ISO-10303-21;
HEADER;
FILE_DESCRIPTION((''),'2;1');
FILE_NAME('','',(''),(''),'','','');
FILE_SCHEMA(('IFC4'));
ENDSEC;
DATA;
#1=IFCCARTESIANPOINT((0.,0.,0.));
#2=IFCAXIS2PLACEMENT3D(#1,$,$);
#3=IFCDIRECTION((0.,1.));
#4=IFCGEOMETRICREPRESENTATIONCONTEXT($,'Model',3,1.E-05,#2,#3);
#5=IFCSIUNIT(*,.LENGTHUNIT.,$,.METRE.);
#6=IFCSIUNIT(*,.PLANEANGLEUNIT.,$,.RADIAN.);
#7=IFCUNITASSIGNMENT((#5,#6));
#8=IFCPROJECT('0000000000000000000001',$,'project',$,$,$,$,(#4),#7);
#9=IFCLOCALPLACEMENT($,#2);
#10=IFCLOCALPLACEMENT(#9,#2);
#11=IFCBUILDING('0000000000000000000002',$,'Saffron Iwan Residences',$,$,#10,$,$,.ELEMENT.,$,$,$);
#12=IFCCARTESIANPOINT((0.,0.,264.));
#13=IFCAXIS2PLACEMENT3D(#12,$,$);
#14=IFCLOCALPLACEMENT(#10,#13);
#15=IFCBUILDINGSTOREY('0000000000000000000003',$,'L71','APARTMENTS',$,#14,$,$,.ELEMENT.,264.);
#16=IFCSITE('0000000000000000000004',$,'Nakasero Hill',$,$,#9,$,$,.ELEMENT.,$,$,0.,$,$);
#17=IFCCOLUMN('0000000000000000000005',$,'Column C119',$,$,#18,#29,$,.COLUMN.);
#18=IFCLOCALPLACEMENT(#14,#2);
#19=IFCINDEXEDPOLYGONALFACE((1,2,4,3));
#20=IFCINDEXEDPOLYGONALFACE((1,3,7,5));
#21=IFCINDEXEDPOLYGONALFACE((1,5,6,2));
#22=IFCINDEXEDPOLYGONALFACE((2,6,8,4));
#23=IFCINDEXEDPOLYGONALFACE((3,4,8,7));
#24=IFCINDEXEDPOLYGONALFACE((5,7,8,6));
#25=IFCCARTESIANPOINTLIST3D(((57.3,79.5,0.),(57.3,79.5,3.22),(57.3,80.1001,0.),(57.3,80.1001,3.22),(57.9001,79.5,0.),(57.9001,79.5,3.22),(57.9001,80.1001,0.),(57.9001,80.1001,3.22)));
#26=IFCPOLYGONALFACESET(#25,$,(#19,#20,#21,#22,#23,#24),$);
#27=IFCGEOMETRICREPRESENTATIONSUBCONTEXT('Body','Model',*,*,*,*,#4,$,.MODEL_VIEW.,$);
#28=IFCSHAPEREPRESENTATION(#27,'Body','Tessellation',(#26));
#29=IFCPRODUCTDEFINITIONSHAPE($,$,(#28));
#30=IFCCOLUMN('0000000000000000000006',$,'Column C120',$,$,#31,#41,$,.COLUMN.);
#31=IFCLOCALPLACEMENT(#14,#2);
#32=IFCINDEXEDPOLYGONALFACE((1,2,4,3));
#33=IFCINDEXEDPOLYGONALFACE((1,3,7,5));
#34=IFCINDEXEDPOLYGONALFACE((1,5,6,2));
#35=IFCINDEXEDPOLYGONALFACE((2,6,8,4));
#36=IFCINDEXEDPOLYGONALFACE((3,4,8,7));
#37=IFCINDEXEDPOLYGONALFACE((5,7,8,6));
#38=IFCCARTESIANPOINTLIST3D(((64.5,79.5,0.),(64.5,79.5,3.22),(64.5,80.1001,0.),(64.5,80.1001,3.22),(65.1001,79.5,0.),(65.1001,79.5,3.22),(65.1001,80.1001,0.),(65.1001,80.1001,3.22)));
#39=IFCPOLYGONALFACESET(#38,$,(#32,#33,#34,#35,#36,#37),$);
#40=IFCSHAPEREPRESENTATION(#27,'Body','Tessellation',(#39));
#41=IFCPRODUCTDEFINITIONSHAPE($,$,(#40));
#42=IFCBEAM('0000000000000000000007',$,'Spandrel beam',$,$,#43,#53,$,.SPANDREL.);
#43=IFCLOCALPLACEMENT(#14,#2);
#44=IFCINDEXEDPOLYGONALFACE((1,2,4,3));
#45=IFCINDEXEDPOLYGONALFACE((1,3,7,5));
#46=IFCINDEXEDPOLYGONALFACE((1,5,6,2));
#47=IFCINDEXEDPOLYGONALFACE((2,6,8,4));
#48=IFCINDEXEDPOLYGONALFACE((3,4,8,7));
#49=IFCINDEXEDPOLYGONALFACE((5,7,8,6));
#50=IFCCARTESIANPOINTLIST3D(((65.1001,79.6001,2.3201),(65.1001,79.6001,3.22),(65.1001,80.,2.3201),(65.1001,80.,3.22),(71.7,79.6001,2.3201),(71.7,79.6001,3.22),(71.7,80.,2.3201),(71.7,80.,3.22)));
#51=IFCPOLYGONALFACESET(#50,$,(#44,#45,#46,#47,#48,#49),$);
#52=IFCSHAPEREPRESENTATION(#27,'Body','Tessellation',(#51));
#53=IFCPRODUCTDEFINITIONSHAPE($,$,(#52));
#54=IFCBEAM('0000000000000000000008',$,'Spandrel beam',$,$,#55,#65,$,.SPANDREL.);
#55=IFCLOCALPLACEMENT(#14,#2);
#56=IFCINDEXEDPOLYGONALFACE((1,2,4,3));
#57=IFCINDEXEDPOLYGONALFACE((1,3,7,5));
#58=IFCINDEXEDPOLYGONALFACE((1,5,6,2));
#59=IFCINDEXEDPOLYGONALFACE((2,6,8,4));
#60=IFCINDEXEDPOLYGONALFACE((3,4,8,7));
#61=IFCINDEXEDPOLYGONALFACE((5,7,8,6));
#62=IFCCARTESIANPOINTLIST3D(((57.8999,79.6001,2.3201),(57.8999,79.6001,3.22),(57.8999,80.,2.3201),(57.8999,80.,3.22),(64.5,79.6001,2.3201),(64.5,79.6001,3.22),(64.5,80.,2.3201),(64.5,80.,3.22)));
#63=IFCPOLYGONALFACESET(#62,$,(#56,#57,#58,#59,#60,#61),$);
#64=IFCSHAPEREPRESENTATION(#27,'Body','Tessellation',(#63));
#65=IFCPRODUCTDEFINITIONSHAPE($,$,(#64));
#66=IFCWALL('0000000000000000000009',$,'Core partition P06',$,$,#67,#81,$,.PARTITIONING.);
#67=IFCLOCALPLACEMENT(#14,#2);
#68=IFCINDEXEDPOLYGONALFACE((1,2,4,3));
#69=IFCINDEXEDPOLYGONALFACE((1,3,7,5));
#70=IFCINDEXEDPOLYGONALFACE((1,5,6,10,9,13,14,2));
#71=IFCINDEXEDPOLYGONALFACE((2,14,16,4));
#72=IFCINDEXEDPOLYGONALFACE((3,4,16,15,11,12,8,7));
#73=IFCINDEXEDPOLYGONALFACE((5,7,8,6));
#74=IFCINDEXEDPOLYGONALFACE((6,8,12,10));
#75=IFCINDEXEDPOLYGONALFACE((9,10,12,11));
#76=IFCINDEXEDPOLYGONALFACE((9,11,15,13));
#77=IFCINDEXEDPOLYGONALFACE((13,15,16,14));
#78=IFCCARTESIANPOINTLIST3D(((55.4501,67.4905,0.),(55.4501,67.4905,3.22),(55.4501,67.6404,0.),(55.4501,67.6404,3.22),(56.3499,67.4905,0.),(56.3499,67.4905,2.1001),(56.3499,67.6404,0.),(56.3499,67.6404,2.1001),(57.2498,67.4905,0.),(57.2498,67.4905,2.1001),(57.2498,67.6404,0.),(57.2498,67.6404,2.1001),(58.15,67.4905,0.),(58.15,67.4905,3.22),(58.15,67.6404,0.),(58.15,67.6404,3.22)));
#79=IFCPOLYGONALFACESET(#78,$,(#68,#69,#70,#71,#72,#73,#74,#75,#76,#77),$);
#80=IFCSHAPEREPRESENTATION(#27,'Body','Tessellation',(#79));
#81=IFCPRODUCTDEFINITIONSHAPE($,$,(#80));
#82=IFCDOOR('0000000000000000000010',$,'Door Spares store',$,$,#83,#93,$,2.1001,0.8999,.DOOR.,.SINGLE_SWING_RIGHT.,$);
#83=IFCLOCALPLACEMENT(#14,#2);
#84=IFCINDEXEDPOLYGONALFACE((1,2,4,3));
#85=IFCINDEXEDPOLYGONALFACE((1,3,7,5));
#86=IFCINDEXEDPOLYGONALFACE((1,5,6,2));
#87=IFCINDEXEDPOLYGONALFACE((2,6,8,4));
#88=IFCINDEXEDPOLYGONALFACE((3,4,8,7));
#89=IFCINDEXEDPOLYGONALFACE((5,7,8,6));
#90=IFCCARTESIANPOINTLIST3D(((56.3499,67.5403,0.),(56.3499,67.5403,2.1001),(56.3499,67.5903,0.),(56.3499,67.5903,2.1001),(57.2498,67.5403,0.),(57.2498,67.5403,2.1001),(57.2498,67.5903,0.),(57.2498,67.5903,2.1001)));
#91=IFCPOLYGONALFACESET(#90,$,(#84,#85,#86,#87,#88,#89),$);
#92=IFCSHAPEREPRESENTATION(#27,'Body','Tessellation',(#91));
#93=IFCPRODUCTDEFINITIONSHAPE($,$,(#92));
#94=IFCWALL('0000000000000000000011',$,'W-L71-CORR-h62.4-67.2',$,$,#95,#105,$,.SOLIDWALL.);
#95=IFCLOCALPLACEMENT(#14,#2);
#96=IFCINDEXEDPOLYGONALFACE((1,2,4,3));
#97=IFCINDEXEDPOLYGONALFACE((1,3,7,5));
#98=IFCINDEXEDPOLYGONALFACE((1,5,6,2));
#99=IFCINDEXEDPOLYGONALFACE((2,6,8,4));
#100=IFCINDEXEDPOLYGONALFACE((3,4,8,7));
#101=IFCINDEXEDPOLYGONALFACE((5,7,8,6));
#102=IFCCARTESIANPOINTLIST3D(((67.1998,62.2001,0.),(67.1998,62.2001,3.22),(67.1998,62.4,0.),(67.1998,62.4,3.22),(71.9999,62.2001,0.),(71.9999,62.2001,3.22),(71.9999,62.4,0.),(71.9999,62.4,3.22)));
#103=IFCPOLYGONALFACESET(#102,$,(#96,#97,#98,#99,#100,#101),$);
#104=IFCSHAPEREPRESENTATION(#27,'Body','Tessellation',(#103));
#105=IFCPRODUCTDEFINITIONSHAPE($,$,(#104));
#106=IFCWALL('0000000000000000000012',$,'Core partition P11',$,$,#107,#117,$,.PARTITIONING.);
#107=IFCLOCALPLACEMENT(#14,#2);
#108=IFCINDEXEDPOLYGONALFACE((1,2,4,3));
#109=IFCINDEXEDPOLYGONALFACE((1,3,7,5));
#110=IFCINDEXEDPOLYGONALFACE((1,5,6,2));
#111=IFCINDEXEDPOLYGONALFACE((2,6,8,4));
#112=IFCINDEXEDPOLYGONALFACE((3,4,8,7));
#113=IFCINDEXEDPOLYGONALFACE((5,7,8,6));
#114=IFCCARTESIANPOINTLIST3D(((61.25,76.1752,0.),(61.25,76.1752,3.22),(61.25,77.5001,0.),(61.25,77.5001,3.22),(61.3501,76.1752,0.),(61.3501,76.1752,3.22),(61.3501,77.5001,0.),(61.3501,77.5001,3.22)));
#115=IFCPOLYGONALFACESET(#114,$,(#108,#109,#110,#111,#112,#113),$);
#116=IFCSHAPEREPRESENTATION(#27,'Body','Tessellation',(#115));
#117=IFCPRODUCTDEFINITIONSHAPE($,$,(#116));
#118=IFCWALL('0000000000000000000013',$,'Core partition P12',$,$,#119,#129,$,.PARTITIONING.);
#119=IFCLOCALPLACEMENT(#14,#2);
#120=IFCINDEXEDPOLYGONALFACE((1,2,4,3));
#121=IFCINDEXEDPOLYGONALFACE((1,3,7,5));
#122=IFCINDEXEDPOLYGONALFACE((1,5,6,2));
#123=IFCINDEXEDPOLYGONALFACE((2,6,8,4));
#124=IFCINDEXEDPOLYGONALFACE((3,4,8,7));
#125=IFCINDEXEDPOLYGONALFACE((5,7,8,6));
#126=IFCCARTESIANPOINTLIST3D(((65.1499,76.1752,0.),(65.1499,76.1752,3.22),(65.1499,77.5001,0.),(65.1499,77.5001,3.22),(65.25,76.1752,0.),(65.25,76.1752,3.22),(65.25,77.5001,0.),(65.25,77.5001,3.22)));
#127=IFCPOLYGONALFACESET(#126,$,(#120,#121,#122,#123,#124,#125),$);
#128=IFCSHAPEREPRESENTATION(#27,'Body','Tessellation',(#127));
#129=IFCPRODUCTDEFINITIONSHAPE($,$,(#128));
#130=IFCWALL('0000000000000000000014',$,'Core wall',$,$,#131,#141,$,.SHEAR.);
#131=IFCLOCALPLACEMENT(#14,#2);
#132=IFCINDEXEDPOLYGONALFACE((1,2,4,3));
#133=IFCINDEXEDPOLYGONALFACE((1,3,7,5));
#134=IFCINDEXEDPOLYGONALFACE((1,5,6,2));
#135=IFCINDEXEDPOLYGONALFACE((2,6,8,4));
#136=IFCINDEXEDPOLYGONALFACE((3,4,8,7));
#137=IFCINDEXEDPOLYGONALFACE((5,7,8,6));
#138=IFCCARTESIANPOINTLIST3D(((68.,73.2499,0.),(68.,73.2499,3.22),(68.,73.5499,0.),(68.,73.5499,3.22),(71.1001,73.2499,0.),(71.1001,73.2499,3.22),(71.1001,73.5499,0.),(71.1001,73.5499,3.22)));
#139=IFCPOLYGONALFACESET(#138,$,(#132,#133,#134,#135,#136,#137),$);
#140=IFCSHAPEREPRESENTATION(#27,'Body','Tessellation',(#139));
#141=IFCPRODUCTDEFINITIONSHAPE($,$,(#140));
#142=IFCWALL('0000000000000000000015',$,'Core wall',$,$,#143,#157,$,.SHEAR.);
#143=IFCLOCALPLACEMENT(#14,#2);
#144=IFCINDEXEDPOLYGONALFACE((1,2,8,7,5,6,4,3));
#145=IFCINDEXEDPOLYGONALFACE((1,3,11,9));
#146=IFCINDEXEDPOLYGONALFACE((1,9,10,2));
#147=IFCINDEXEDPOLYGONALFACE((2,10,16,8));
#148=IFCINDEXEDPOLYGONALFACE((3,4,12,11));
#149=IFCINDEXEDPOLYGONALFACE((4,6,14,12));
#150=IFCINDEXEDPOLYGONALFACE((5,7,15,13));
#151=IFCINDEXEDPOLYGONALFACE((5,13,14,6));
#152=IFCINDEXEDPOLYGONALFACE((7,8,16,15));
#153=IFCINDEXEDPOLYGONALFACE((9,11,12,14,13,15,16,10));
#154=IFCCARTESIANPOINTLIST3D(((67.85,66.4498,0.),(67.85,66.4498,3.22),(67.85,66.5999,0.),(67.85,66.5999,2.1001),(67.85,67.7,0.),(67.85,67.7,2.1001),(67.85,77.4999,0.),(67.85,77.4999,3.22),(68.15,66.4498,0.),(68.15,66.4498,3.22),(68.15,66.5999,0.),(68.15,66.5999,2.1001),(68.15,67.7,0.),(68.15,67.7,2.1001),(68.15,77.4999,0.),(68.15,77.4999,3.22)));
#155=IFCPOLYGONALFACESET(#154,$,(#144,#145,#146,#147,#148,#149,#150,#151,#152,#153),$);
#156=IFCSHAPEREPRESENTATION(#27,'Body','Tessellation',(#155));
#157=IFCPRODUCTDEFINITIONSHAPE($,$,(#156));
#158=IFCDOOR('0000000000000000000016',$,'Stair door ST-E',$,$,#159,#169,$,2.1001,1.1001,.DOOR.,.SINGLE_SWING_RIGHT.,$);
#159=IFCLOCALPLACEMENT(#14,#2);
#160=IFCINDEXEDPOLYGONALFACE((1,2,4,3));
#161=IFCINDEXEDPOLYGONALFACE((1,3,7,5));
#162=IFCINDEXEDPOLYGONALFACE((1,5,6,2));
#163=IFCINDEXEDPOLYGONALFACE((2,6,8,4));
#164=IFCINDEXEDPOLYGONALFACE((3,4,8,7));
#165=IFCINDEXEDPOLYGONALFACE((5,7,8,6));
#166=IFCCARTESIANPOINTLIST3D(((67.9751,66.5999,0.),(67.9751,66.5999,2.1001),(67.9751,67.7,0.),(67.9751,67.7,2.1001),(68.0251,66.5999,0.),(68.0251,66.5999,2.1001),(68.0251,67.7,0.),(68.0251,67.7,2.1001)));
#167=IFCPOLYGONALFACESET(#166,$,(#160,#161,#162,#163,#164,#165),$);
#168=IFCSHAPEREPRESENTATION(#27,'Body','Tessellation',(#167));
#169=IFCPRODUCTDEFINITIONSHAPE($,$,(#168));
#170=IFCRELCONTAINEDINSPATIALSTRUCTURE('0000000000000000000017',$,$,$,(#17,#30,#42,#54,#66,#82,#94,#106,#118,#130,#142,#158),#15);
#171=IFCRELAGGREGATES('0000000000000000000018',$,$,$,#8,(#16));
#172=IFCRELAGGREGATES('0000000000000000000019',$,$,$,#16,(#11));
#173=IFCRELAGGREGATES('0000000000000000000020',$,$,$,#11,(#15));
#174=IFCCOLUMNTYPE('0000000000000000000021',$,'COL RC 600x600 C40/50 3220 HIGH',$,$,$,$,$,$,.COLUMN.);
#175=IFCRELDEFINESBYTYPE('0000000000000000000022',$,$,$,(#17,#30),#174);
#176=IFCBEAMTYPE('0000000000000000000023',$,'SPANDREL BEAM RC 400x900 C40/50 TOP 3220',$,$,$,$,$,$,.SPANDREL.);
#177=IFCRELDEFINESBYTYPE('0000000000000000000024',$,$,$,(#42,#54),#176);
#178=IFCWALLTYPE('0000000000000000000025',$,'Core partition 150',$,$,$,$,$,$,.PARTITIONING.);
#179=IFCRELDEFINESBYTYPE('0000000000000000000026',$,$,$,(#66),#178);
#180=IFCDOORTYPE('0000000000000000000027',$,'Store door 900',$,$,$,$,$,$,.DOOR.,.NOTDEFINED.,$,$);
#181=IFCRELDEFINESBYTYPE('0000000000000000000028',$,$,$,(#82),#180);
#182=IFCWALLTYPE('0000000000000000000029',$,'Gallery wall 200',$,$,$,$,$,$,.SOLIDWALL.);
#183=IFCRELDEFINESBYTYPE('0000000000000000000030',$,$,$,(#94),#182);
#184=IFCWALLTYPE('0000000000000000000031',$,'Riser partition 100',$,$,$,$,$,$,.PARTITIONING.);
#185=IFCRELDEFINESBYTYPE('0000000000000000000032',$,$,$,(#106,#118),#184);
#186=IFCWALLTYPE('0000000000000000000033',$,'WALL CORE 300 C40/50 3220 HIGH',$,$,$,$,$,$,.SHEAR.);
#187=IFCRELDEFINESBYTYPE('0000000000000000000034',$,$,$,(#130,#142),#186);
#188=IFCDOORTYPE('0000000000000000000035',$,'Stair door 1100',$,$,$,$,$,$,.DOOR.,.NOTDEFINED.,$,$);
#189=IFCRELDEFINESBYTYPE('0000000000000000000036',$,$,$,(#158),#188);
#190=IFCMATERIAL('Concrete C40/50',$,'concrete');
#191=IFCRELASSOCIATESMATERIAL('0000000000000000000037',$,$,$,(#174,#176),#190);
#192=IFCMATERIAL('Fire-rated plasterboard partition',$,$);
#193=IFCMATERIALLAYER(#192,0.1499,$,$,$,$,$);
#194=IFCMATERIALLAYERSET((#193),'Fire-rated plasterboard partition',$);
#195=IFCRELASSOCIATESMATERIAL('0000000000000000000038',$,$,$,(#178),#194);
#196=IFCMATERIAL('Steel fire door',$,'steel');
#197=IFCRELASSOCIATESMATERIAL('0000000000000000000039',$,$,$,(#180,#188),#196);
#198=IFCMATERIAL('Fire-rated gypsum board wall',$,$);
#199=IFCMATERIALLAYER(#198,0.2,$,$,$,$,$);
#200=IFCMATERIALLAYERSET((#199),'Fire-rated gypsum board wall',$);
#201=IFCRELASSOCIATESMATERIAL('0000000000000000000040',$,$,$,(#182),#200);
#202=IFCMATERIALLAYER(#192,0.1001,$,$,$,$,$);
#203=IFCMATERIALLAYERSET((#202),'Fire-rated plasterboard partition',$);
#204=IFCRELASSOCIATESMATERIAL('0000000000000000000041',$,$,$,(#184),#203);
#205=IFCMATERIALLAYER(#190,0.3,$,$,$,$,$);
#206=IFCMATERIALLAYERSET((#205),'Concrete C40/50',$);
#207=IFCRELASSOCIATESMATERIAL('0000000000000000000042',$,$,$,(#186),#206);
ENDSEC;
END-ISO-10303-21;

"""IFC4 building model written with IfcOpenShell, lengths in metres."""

from ifc_helpers import new_model, si_unit, direction, frame, frame_2d, origin, origin_2d, place, context, subcontext, project, spatial, rectangle, extrude, source, transform, mapped, material, layer, layer_set, material_profile, profile_set, type_object, element, fill, save


model = new_model("IFC4")

# Units and contexts
model_context = context("Model", 3, precision=1e-05, world=origin(), true_north=direction((0.0, 1.0)))
body_context = subcontext(model_context, "Body", "Model", "MODEL_VIEW")
ifc_project = project(units=[si_unit("LENGTHUNIT", "METRE"), si_unit("PLANEANGLEUNIT", "RADIAN")], contexts=[model_context])

# Site, building, storey
site_placement = place(None, origin())
site = spatial("IfcSite", under=ifc_project, at=site_placement, Name="Nakasero Hill", CompositionType="ELEMENT", RefElevation=0.0)
building_placement = place(site_placement, origin())
building = spatial("IfcBuilding", under=site, at=building_placement, Name="Saffron Iwan Residences", CompositionType="ELEMENT")
storey_placement = place(building_placement, frame((0.0, 0.0, 264.0)))
storey = spatial("IfcBuildingStorey", under=building, at=storey_placement, Name="L71", Description="APARTMENTS", CompositionType="ELEMENT", Elevation=264.0)

# Columns
ifc_material_1 = material(Name="Concrete C40/50", Category="concrete")
ifc_material_profile_1 = material_profile(ifc_material_1, rectangle(XDim=0.6001, YDim=0.6001, at=origin_2d()), Name="RC 600x600")
ifc_profile_set_1 = profile_set([ifc_material_profile_1], Name="Concrete C40/50")
column_type = type_object("IfcColumnType", Name="COL RC 600x600 C40/50 3220 HIGH", PredefinedType="COLUMN", material=ifc_profile_set_1)
shared_shape_1 = source(origin(), body_context, "Body", "SweptSolid", [
    extrude(rectangle(XDim=0.6001, YDim=0.6001, at=origin_2d()), origin(), (0.0, 0.0, 1.0), 3.22),
])
for number, where, z_axis, x_axis, name in (
    (1, (57.6001, 79.8, 0.0), (0.0, 0.0, 1.0), (1.0, 0.0, 0.0), "Column C119"),
    (2, (64.8, 79.8, 0.0), (0.0, 0.0, 1.0), (1.0, 0.0, 0.0), "Column C120"),
):
    element("IfcColumn", number, at=place(storey_placement, frame(where, z_axis=z_axis, x_axis=x_axis)), inside=storey, type_object=column_type, Name=name, PredefinedType="COLUMN", context=body_context, shape_type="MappedRepresentation", body=[
        mapped(shared_shape_1, transform((0.0, 0.0, 0.0))),
    ])

# Beams
ifc_material_profile_2 = material_profile(ifc_material_1, rectangle(XDim=0.3999, YDim=0.8999, at=origin_2d()), Name="RC 400x900")
ifc_profile_set_2 = profile_set([ifc_material_profile_2], Name="Concrete C40/50")
beam_type = type_object("IfcBeamType", Name="SPANDREL BEAM RC 400x900 C40/50 TOP 3220", PredefinedType="SPANDREL", material=ifc_profile_set_2)
shared_shape_2 = source(origin(), body_context, "Body", "SweptSolid", [
    extrude(rectangle(XDim=0.3999, YDim=0.8999, at=origin_2d()), origin(), (0.0, 0.0, 1.0), 6.5999),
])
beam_1_placement = place(storey_placement, frame((65.1001, 79.8, 2.77), z_axis=(1.0, 0.0, 0.0), x_axis=(0.0, 1.0, 0.0)))
element("IfcBeam", 3, at=beam_1_placement, inside=storey, type_object=beam_type, Name="Spandrel beam", PredefinedType="SPANDREL", context=body_context, shape_type="MappedRepresentation", body=[
    mapped(shared_shape_2, transform((0.0, 0.0, 0.0))),
])
shared_shape_3 = source(origin(), body_context, "Body", "SweptSolid", [
    extrude(rectangle(XDim=0.3999, YDim=0.8999, at=origin_2d()), origin(), (0.0, 0.0, 1.0), 6.6001),
])
beam_2_placement = place(storey_placement, frame((57.8999, 79.8, 2.77), z_axis=(1.0, 0.0, 0.0), x_axis=(0.0, 1.0, 0.0)))
element("IfcBeam", 4, at=beam_2_placement, inside=storey, type_object=beam_type, Name="Spandrel beam", PredefinedType="SPANDREL", context=body_context, shape_type="MappedRepresentation", body=[
    mapped(shared_shape_3, transform((0.0, 0.0, 0.0))),
])

# Wall, opening, door
ifc_material_2 = material(Name="Fire-rated plasterboard partition")
ifc_layer_1 = layer(ifc_material_2, 0.1499)
ifc_layer_set_1 = layer_set([ifc_layer_1], Name="Fire-rated plasterboard partition")
wall_type_1 = type_object("IfcWallType", Name="Core partition 150", PredefinedType="PARTITIONING", material=ifc_layer_set_1)
wall_1_placement = place(storey_placement, frame((55.45, 67.5654, 0.0), z_axis=(0.0, 0.0, 1.0), x_axis=(1.0, 0.0, 0.0)))
wall_1 = element("IfcWall", 5, at=wall_1_placement, inside=storey, type_object=wall_type_1, Name="Core partition P06", PredefinedType="PARTITIONING", context=body_context, shape_type="SweptSolid", body=[
    extrude(rectangle(XDim=2.7, YDim=0.1499, at=frame_2d((1.3501, 0.0))), origin(), (0.0, 0.0, 1.0), 3.22),
])
opening_1_placement = place(wall_1_placement, frame((0.8999, 0.0, 0.0)))
opening_1 = element("IfcOpeningElement", 6, at=opening_1_placement, cuts=wall_1, PredefinedType="OPENING", context=body_context, shape_type="SweptSolid", body=[
    extrude(rectangle(XDim=0.8999, YDim=2.1001, at=frame_2d((0.45, 1.05))), frame((0.0, 0.085, 0.0), z_axis=(0.0, -1.0, 0.0), x_axis=(1.0, 0.0, 0.0)), (0.0, 0.0, 1.0), 0.1699),
])
ifc_material_3 = material(Name="Steel fire door", Category="steel")
door_type_1 = type_object("IfcDoorType", Name="Store door 900", OperationType="NOTDEFINED", PredefinedType="DOOR", material=ifc_material_3)
door_1_placement = place(opening_1_placement, origin())
door_1 = element("IfcDoor", 7, at=door_1_placement, inside=storey, type_object=door_type_1, Name="Door Spares store", OperationType="SINGLE_SWING_RIGHT", OverallHeight=2.1001, OverallWidth=0.8999, PredefinedType="DOOR", context=body_context, shape_type="SweptSolid", body=[
    extrude(rectangle(XDim=0.8999, YDim=2.1001, at=frame_2d((0.45, 1.05))), frame((0.0, 0.0249, 0.0), z_axis=(0.0, -1.0, 0.0), x_axis=(1.0, 0.0, 0.0)), (0.0, 0.0, 1.0), 0.05),
])
fill(opening_1, door_1)

# Walls
ifc_material_4 = material(Name="Fire-rated gypsum board wall")
ifc_layer_2 = layer(ifc_material_4, 0.2)
ifc_layer_set_2 = layer_set([ifc_layer_2], Name="Fire-rated gypsum board wall")
wall_type_2 = type_object("IfcWallType", Name="Gallery wall 200", PredefinedType="SOLIDWALL", material=ifc_layer_set_2)
wall_2_placement = place(storey_placement, frame((67.2, 62.3, 0.0), z_axis=(0.0, 0.0, 1.0), x_axis=(1.0, 0.0, 0.0)))
element("IfcWall", 8, at=wall_2_placement, inside=storey, type_object=wall_type_2, Name="W-L71-CORR-h62.4-67.2", PredefinedType="SOLIDWALL", context=body_context, shape_type="SweptSolid", body=[
    extrude(rectangle(XDim=4.8, YDim=0.2, at=frame_2d((2.3999, 0.0))), origin(), (0.0, 0.0, 1.0), 3.22),
])
ifc_layer_3 = layer(ifc_material_2, 0.1001)
ifc_layer_set_3 = layer_set([ifc_layer_3], Name="Fire-rated plasterboard partition")
wall_type_3 = type_object("IfcWallType", Name="Riser partition 100", PredefinedType="PARTITIONING", material=ifc_layer_set_3)
for number, where, z_axis, x_axis, name in (
    (9, (61.3, 76.175, 0.0), (0.0, 0.0, 1.0), (0.0, 1.0, 0.0), "Core partition P11"),
    (10, (65.2, 76.175, 0.0), (0.0, 0.0, 1.0), (0.0, 1.0, 0.0), "Core partition P12"),
):
    element("IfcWall", number, at=place(storey_placement, frame(where, z_axis=z_axis, x_axis=x_axis)), inside=storey, type_object=wall_type_3, Name=name, PredefinedType="PARTITIONING", context=body_context, shape_type="SweptSolid", body=[
        extrude(rectangle(XDim=1.325, YDim=0.1001, at=frame_2d((0.6626, 0.0))), origin(), (0.0, 0.0, 1.0), 3.22),
    ])
ifc_layer_4 = layer(ifc_material_1, 0.3)
ifc_layer_set_4 = layer_set([ifc_layer_4], Name="Concrete C40/50")
wall_type_4 = type_object("IfcWallType", Name="WALL CORE 300 C40/50 3220 HIGH", PredefinedType="SHEAR", material=ifc_layer_set_4)
wall_3_placement = place(storey_placement, frame((68.0, 73.3999, 0.0), z_axis=(0.0, 0.0, 1.0), x_axis=(1.0, 0.0, 0.0)))
element("IfcWall", 11, at=wall_3_placement, inside=storey, type_object=wall_type_4, Name="Core wall", PredefinedType="SHEAR", context=body_context, shape_type="SweptSolid", body=[
    extrude(rectangle(XDim=3.1001, YDim=0.3, at=frame_2d((1.55, 0.0))), origin(), (0.0, 0.0, 1.0), 3.22),
])

# Wall, opening, door
wall_4_placement = place(storey_placement, frame((68.0, 66.45, 0.0), z_axis=(0.0, 0.0, 1.0), x_axis=(0.0, 1.0, 0.0)))
wall_4 = element("IfcWall", 12, at=wall_4_placement, inside=storey, type_object=wall_type_4, Name="Core wall", PredefinedType="SHEAR", context=body_context, shape_type="SweptSolid", body=[
    extrude(rectangle(XDim=11.05, YDim=0.3, at=frame_2d((5.5249, 0.0))), origin(), (0.0, 0.0, 1.0), 3.22),
])
opening_2_placement = place(wall_4_placement, frame((0.1499, 0.0, 0.0)))
opening_2 = element("IfcOpeningElement", 13, at=opening_2_placement, cuts=wall_4, PredefinedType="OPENING", context=body_context, shape_type="SweptSolid", body=[
    extrude(rectangle(XDim=1.1001, YDim=2.1001, at=frame_2d((0.55, 1.05))), frame((0.0, 0.1602, 0.0), z_axis=(0.0, -1.0, 0.0), x_axis=(1.0, 0.0, 0.0)), (0.0, 0.0, 1.0), 0.3201),
])
door_type_2 = type_object("IfcDoorType", Name="Stair door 1100", OperationType="NOTDEFINED", PredefinedType="DOOR", material=ifc_material_3)
door_2_placement = place(opening_2_placement, origin())
door_2 = element("IfcDoor", 14, at=door_2_placement, inside=storey, type_object=door_type_2, Name="Stair door ST-E", OperationType="SINGLE_SWING_RIGHT", OverallHeight=2.1001, OverallWidth=1.1001, PredefinedType="DOOR", context=body_context, shape_type="SweptSolid", body=[
    extrude(rectangle(XDim=1.1001, YDim=2.1001, at=frame_2d((0.55, 1.05))), frame((0.0, 0.0249, 0.0), z_axis=(0.0, -1.0, 0.0), x_axis=(1.0, 0.0, 0.0)), (0.0, 0.0, 1.0), 0.05),
])
fill(opening_2, door_2)

save(model, "model.ifc")
